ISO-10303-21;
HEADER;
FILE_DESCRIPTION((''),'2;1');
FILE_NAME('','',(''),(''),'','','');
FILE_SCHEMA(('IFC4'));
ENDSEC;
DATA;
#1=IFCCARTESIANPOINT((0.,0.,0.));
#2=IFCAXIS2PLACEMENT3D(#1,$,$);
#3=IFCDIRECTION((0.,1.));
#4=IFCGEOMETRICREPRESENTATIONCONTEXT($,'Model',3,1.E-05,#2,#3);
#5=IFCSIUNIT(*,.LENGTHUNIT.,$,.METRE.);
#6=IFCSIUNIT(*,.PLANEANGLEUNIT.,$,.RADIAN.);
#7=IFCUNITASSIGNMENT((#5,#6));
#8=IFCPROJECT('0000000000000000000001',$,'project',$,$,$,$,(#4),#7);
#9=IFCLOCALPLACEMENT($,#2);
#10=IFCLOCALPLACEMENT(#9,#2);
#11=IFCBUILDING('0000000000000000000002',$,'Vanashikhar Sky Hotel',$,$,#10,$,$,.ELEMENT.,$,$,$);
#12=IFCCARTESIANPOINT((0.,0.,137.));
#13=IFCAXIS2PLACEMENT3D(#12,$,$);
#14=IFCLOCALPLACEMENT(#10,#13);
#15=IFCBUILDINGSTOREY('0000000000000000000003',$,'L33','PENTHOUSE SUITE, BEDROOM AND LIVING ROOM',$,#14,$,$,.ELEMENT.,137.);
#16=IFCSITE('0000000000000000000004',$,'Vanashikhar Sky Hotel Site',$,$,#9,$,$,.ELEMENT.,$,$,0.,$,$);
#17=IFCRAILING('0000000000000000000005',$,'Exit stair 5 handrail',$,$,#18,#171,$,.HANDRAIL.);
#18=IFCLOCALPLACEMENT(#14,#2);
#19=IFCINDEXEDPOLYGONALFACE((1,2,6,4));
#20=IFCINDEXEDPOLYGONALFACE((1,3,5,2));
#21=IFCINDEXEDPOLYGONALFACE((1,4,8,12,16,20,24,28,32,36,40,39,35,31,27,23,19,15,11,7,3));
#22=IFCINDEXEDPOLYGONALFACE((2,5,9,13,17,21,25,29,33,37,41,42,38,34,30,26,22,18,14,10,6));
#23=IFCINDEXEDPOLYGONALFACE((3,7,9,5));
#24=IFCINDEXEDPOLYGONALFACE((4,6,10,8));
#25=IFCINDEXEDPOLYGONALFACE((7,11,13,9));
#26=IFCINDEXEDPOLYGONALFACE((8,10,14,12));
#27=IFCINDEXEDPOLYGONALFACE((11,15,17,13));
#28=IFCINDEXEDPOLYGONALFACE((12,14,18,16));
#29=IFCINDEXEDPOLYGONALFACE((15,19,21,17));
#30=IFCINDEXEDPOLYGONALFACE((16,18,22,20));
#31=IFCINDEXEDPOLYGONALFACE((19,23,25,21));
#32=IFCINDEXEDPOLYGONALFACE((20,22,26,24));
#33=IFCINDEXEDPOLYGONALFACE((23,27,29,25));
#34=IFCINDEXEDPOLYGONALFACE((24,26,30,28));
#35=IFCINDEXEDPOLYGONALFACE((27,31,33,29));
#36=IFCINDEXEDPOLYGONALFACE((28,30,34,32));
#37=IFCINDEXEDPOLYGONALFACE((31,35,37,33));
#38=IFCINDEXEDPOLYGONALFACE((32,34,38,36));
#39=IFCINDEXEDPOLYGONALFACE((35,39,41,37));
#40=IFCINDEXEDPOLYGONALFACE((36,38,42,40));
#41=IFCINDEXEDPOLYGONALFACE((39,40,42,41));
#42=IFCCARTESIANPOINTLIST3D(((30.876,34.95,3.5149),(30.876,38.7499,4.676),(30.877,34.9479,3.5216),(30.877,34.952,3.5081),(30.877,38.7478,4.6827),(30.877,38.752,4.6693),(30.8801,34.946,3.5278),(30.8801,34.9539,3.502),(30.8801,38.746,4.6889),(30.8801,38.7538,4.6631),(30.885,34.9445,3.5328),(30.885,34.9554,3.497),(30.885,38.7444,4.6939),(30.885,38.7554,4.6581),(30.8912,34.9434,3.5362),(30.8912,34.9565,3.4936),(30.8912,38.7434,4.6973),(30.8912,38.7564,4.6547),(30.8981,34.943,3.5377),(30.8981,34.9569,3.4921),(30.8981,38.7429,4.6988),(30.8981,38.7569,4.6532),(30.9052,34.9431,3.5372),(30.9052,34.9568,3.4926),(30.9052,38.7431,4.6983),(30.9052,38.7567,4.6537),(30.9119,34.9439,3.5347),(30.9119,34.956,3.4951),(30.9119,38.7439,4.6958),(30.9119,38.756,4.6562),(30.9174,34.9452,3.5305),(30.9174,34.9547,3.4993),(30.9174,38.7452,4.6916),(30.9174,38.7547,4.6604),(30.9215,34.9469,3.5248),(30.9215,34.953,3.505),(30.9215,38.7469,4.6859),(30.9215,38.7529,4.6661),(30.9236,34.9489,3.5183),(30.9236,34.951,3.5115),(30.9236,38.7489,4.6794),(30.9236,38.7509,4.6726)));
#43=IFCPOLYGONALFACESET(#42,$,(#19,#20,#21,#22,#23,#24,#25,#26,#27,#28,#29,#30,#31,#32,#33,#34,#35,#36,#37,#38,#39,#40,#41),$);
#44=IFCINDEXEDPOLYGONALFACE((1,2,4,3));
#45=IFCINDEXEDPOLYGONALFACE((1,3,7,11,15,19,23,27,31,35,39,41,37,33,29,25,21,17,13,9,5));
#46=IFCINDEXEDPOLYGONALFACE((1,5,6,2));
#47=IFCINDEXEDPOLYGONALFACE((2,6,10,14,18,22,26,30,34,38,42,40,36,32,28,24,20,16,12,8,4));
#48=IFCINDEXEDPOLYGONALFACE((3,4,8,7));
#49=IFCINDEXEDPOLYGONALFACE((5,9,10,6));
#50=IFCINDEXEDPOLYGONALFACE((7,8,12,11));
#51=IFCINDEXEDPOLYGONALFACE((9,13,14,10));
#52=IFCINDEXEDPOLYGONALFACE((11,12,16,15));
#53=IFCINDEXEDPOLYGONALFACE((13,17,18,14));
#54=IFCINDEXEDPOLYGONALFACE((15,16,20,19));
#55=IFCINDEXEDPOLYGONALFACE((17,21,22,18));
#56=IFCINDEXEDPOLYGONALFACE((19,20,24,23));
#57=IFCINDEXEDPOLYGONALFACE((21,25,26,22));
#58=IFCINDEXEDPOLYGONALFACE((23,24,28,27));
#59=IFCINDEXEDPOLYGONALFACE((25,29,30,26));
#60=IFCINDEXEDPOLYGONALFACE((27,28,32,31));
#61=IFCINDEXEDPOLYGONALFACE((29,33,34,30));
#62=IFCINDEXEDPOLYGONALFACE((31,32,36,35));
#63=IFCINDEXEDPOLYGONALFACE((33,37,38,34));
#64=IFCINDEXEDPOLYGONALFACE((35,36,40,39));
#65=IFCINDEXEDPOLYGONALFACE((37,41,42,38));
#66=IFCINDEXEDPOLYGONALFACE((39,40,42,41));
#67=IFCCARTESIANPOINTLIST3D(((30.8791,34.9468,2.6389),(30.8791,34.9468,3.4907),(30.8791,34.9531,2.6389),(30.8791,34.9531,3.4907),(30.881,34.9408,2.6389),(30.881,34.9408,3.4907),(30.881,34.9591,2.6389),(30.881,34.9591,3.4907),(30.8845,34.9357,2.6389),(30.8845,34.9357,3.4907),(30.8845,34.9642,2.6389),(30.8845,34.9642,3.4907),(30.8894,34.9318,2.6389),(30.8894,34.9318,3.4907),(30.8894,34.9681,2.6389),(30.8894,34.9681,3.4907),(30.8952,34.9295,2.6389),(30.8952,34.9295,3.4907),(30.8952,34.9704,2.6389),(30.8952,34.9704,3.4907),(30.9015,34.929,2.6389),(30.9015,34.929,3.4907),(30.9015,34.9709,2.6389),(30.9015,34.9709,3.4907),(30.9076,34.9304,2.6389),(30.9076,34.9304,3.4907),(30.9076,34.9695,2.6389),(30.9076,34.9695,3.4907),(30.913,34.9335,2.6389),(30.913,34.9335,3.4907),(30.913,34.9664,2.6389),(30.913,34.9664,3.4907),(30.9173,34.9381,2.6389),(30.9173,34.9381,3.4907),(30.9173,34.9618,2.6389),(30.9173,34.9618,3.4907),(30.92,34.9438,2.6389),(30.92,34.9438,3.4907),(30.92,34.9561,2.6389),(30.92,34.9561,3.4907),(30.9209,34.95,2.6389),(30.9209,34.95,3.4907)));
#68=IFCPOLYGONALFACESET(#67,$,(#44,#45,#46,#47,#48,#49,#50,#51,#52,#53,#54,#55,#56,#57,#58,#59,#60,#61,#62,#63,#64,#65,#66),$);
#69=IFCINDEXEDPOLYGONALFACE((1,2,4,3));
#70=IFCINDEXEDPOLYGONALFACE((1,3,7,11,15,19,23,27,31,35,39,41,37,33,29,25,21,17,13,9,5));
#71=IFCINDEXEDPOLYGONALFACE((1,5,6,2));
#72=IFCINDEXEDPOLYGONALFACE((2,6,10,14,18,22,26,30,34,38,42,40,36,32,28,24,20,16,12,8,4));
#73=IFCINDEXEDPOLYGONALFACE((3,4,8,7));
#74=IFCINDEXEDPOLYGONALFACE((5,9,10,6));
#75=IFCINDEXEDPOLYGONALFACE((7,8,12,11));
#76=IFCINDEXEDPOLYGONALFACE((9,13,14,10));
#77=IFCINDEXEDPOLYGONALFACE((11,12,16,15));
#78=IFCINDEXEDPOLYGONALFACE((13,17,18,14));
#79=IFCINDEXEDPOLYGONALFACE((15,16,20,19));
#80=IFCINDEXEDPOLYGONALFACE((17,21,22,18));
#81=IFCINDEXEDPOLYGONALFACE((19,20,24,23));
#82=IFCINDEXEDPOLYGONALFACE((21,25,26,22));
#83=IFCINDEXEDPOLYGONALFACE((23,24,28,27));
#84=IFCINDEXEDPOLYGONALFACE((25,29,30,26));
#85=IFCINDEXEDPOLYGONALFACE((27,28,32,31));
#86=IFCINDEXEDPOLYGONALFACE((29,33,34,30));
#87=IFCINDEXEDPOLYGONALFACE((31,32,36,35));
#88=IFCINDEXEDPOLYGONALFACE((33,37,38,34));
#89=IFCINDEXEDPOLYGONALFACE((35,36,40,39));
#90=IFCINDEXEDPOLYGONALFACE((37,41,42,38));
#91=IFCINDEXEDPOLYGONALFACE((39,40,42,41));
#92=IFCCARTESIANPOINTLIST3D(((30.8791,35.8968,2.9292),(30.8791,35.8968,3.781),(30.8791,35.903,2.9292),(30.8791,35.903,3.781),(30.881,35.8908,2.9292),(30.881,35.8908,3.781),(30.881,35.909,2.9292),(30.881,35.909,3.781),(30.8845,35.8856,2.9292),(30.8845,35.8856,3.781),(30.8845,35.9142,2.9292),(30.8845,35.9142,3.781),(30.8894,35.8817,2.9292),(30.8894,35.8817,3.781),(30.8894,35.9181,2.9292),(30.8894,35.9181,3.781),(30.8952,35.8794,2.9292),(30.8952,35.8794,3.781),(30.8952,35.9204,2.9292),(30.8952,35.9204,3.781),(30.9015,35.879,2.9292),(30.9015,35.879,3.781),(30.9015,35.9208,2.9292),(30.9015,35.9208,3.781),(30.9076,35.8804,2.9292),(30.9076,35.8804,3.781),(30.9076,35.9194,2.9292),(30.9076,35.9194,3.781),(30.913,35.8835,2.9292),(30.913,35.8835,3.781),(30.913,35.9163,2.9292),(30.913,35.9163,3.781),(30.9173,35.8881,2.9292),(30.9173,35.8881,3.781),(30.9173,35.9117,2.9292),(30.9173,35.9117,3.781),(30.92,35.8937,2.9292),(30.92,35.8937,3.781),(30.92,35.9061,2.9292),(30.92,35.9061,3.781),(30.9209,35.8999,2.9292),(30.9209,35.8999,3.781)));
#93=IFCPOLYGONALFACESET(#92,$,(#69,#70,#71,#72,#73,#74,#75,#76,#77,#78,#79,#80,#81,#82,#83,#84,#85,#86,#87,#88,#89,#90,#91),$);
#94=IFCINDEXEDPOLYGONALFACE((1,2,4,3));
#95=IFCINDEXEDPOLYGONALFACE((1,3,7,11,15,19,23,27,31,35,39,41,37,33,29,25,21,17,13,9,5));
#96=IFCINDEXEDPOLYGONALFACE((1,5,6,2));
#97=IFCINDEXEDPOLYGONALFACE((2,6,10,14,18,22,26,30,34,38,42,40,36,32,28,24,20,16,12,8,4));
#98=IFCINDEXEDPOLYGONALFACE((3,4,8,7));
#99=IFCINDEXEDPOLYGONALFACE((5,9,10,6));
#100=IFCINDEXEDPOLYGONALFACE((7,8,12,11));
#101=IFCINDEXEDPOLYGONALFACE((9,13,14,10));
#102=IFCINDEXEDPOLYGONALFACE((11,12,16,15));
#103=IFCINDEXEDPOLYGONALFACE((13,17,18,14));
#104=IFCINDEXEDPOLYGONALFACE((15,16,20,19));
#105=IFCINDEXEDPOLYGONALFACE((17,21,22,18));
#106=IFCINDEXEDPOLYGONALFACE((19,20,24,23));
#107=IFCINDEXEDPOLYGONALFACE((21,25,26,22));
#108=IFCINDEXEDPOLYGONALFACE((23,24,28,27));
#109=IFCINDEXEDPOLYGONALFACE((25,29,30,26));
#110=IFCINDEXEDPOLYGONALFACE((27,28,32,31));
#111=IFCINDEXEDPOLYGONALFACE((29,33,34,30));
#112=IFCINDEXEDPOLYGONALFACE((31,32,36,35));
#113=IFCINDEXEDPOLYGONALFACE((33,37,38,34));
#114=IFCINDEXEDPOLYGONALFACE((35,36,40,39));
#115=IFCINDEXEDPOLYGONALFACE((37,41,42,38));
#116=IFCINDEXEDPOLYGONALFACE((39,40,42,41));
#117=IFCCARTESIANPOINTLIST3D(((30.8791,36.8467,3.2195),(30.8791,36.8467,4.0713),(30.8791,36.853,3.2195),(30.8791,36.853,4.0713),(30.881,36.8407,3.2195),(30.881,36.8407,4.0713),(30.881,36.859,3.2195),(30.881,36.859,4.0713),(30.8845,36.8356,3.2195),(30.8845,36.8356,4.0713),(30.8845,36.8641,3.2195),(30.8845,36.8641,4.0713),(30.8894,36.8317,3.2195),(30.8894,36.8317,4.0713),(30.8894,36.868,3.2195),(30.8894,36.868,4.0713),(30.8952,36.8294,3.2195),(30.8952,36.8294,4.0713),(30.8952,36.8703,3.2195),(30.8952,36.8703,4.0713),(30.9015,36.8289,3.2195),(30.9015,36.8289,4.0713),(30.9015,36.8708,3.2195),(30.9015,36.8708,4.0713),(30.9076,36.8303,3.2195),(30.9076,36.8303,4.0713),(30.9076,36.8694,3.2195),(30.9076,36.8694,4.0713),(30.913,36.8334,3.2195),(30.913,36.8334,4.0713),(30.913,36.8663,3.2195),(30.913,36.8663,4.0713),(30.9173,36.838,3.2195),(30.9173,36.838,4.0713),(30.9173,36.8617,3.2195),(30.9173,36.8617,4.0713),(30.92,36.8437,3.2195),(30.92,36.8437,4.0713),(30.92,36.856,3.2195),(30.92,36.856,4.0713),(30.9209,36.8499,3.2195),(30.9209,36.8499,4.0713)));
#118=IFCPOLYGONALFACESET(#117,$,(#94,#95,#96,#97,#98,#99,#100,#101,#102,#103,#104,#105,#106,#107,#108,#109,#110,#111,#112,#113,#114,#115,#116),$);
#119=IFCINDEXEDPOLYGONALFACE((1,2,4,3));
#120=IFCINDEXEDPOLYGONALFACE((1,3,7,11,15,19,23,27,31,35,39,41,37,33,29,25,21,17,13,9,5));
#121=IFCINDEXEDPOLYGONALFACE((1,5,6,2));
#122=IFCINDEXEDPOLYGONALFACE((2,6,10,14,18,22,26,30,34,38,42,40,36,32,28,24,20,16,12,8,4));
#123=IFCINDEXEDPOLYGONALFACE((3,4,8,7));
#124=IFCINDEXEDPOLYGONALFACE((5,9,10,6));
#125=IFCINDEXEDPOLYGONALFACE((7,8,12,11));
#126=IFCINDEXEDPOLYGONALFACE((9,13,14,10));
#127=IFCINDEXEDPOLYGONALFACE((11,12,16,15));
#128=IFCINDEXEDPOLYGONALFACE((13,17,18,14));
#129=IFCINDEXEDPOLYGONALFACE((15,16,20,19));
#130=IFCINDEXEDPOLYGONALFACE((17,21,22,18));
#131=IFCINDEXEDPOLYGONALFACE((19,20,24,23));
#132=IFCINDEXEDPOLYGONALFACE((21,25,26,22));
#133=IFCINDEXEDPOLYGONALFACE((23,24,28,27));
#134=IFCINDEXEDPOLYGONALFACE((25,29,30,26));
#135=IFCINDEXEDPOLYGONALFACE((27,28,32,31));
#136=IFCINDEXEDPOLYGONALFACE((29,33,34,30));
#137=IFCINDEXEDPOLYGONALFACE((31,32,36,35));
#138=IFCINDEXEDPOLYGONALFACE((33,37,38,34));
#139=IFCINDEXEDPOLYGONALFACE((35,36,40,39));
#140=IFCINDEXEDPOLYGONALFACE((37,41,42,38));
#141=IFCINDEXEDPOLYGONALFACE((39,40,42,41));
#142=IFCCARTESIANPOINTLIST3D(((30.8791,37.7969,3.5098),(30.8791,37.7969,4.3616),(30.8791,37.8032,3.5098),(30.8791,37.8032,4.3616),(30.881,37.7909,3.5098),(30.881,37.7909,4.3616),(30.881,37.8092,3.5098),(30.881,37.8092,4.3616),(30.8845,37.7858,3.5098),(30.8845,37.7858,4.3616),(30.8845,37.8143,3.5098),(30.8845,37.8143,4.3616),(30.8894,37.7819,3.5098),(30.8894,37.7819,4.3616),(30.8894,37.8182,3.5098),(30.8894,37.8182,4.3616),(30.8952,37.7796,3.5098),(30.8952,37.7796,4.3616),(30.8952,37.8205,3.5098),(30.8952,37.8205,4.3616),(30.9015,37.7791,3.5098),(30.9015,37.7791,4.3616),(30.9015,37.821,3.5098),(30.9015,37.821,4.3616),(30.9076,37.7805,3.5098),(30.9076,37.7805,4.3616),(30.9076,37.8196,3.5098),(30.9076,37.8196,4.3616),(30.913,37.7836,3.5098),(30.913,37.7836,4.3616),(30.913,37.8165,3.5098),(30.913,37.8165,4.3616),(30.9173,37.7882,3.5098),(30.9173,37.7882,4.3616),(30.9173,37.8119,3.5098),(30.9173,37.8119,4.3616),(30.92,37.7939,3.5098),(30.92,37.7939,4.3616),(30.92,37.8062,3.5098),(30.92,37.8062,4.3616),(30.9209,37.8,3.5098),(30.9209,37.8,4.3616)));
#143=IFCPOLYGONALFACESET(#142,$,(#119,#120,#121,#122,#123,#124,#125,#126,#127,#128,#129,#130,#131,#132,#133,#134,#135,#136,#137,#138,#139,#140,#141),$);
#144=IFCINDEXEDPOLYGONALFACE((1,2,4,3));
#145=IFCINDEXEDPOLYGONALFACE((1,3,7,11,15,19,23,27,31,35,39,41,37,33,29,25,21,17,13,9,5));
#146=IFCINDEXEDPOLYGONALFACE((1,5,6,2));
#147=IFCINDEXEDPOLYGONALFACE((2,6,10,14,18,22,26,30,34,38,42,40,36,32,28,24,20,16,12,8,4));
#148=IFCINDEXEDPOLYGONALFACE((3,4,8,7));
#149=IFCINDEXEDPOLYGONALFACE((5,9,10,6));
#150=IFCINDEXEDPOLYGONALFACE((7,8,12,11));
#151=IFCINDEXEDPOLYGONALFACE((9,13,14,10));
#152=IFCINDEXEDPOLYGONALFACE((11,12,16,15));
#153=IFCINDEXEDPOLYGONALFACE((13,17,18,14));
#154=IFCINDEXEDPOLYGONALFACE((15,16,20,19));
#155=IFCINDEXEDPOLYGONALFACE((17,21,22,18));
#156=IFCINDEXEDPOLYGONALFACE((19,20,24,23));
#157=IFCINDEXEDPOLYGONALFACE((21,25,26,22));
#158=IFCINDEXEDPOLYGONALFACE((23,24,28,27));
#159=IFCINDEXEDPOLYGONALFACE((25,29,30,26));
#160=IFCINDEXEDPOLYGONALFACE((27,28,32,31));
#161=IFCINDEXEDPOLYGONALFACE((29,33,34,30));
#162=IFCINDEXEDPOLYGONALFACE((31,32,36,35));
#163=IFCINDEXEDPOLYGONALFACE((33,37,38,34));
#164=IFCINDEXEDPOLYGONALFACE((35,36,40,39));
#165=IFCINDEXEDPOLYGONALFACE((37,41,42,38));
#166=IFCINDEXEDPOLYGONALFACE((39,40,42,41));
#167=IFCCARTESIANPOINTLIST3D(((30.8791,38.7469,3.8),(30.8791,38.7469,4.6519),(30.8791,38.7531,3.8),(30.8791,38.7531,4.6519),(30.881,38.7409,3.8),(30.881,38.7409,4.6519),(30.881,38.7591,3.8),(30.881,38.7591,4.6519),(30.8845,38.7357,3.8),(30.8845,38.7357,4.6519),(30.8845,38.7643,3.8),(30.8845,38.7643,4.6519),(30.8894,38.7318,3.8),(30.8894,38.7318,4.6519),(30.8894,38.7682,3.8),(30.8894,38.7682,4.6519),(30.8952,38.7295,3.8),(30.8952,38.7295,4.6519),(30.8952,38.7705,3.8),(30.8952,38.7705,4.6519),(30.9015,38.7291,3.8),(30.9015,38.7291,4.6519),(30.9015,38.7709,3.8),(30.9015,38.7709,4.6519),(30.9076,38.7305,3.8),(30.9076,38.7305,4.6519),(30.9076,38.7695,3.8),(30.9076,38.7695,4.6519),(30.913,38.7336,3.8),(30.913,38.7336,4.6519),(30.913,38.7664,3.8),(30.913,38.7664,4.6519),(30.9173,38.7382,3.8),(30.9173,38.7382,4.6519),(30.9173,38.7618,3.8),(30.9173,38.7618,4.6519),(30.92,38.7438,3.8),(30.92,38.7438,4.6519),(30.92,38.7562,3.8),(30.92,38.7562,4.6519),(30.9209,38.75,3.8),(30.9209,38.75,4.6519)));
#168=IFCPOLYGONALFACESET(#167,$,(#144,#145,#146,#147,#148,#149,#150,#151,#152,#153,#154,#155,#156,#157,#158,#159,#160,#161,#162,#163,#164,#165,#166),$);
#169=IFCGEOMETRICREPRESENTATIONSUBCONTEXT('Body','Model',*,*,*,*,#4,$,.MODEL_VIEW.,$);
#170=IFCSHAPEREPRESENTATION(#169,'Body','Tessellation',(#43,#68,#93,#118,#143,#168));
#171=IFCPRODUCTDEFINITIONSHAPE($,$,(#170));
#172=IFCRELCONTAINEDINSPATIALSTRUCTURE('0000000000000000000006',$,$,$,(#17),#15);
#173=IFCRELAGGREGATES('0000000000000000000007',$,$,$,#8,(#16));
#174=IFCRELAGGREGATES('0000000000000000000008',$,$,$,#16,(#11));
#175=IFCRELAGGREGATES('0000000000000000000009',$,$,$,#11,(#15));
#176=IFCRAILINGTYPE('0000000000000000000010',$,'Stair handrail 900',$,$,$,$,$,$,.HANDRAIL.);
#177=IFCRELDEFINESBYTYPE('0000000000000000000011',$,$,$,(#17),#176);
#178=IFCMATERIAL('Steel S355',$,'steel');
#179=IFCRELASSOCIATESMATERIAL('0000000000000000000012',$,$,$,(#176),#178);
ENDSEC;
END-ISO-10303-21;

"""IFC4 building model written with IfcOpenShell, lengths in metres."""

from ifc_helpers import new_model, si_unit, direction, frame, origin, origin_2d, place, context, subcontext, project, spatial, circle, extrude, source, transform, mapped, material, type_object, element, save


model = new_model("IFC4")

# Units and contexts
model_context = context("Model", 3, precision=1e-05, world=origin(), true_north=direction((0.0, 1.0)))
body_context = subcontext(model_context, "Body", "Model", "MODEL_VIEW")
ifc_project = project(units=[si_unit("LENGTHUNIT", "METRE"), si_unit("PLANEANGLEUNIT", "RADIAN")], contexts=[model_context])

# Site, building, storey
site_placement = place(None, origin())
site = spatial("IfcSite", under=ifc_project, at=site_placement, Name="Vanashikhar Sky Hotel Site", CompositionType="ELEMENT", RefElevation=0.0)
building_placement = place(site_placement, origin())
building = spatial("IfcBuilding", under=site, at=building_placement, Name="Vanashikhar Sky Hotel", CompositionType="ELEMENT")
storey_placement = place(building_placement, frame((0.0, 0.0, 137.0)))
storey = spatial("IfcBuildingStorey", under=building, at=storey_placement, Name="L33", Description="PENTHOUSE SUITE, BEDROOM AND LIVING ROOM", CompositionType="ELEMENT", Elevation=137.0)

# Railing
ifc_material_1 = material(Name="Steel S355", Category="steel")
railing_type_1 = type_object("IfcRailingType", Name="Stair handrail 900", PredefinedType="HANDRAIL", material=ifc_material_1)
shared_shape_1 = source(origin(), body_context, "Body", "SweptSolid", [
    extrude(circle(Radius=0.0239, at=origin_2d()), frame((0.0, 0.0, 0.876), z_axis=(0.0, 0.956351, 0.29222), x_axis=(-1.0, 0.0, 0.0)), (0.0, 0.0, 1.0), 3.9734),
    extrude(circle(Radius=0.021, at=origin_2d()), origin(), (0.0, 0.0, 1.0), 0.8518),
    extrude(circle(Radius=0.021, at=origin_2d()), frame((0.0, 0.95, 0.2903)), (0.0, 0.0, 1.0), 0.8518),
    extrude(circle(Radius=0.021, at=origin_2d()), frame((0.0, 1.8999, 0.5806)), (0.0, 0.0, 1.0), 0.8518),
    extrude(circle(Radius=0.021, at=origin_2d()), frame((0.0, 2.8501, 0.8708)), (0.0, 0.0, 1.0), 0.8518),
    extrude(circle(Radius=0.021, at=origin_2d()), frame((0.0, 3.8, 1.1611)), (0.0, 0.0, 1.0), 0.8518),
])
for number, where, name in (
    (1, (30.8999, 34.95, 2.6389), "Exit stair 5 handrail"),
):
    element("IfcRailing", number, at=place(storey_placement, frame(where)), inside=storey, type_object=railing_type_1, Name=name, PredefinedType="HANDRAIL", context=body_context, shape_type="MappedRepresentation", body=[
        mapped(shared_shape_1, transform((0.0, 0.0, 0.0), scale=1.0)),
    ])

save(model, "model.ifc")
